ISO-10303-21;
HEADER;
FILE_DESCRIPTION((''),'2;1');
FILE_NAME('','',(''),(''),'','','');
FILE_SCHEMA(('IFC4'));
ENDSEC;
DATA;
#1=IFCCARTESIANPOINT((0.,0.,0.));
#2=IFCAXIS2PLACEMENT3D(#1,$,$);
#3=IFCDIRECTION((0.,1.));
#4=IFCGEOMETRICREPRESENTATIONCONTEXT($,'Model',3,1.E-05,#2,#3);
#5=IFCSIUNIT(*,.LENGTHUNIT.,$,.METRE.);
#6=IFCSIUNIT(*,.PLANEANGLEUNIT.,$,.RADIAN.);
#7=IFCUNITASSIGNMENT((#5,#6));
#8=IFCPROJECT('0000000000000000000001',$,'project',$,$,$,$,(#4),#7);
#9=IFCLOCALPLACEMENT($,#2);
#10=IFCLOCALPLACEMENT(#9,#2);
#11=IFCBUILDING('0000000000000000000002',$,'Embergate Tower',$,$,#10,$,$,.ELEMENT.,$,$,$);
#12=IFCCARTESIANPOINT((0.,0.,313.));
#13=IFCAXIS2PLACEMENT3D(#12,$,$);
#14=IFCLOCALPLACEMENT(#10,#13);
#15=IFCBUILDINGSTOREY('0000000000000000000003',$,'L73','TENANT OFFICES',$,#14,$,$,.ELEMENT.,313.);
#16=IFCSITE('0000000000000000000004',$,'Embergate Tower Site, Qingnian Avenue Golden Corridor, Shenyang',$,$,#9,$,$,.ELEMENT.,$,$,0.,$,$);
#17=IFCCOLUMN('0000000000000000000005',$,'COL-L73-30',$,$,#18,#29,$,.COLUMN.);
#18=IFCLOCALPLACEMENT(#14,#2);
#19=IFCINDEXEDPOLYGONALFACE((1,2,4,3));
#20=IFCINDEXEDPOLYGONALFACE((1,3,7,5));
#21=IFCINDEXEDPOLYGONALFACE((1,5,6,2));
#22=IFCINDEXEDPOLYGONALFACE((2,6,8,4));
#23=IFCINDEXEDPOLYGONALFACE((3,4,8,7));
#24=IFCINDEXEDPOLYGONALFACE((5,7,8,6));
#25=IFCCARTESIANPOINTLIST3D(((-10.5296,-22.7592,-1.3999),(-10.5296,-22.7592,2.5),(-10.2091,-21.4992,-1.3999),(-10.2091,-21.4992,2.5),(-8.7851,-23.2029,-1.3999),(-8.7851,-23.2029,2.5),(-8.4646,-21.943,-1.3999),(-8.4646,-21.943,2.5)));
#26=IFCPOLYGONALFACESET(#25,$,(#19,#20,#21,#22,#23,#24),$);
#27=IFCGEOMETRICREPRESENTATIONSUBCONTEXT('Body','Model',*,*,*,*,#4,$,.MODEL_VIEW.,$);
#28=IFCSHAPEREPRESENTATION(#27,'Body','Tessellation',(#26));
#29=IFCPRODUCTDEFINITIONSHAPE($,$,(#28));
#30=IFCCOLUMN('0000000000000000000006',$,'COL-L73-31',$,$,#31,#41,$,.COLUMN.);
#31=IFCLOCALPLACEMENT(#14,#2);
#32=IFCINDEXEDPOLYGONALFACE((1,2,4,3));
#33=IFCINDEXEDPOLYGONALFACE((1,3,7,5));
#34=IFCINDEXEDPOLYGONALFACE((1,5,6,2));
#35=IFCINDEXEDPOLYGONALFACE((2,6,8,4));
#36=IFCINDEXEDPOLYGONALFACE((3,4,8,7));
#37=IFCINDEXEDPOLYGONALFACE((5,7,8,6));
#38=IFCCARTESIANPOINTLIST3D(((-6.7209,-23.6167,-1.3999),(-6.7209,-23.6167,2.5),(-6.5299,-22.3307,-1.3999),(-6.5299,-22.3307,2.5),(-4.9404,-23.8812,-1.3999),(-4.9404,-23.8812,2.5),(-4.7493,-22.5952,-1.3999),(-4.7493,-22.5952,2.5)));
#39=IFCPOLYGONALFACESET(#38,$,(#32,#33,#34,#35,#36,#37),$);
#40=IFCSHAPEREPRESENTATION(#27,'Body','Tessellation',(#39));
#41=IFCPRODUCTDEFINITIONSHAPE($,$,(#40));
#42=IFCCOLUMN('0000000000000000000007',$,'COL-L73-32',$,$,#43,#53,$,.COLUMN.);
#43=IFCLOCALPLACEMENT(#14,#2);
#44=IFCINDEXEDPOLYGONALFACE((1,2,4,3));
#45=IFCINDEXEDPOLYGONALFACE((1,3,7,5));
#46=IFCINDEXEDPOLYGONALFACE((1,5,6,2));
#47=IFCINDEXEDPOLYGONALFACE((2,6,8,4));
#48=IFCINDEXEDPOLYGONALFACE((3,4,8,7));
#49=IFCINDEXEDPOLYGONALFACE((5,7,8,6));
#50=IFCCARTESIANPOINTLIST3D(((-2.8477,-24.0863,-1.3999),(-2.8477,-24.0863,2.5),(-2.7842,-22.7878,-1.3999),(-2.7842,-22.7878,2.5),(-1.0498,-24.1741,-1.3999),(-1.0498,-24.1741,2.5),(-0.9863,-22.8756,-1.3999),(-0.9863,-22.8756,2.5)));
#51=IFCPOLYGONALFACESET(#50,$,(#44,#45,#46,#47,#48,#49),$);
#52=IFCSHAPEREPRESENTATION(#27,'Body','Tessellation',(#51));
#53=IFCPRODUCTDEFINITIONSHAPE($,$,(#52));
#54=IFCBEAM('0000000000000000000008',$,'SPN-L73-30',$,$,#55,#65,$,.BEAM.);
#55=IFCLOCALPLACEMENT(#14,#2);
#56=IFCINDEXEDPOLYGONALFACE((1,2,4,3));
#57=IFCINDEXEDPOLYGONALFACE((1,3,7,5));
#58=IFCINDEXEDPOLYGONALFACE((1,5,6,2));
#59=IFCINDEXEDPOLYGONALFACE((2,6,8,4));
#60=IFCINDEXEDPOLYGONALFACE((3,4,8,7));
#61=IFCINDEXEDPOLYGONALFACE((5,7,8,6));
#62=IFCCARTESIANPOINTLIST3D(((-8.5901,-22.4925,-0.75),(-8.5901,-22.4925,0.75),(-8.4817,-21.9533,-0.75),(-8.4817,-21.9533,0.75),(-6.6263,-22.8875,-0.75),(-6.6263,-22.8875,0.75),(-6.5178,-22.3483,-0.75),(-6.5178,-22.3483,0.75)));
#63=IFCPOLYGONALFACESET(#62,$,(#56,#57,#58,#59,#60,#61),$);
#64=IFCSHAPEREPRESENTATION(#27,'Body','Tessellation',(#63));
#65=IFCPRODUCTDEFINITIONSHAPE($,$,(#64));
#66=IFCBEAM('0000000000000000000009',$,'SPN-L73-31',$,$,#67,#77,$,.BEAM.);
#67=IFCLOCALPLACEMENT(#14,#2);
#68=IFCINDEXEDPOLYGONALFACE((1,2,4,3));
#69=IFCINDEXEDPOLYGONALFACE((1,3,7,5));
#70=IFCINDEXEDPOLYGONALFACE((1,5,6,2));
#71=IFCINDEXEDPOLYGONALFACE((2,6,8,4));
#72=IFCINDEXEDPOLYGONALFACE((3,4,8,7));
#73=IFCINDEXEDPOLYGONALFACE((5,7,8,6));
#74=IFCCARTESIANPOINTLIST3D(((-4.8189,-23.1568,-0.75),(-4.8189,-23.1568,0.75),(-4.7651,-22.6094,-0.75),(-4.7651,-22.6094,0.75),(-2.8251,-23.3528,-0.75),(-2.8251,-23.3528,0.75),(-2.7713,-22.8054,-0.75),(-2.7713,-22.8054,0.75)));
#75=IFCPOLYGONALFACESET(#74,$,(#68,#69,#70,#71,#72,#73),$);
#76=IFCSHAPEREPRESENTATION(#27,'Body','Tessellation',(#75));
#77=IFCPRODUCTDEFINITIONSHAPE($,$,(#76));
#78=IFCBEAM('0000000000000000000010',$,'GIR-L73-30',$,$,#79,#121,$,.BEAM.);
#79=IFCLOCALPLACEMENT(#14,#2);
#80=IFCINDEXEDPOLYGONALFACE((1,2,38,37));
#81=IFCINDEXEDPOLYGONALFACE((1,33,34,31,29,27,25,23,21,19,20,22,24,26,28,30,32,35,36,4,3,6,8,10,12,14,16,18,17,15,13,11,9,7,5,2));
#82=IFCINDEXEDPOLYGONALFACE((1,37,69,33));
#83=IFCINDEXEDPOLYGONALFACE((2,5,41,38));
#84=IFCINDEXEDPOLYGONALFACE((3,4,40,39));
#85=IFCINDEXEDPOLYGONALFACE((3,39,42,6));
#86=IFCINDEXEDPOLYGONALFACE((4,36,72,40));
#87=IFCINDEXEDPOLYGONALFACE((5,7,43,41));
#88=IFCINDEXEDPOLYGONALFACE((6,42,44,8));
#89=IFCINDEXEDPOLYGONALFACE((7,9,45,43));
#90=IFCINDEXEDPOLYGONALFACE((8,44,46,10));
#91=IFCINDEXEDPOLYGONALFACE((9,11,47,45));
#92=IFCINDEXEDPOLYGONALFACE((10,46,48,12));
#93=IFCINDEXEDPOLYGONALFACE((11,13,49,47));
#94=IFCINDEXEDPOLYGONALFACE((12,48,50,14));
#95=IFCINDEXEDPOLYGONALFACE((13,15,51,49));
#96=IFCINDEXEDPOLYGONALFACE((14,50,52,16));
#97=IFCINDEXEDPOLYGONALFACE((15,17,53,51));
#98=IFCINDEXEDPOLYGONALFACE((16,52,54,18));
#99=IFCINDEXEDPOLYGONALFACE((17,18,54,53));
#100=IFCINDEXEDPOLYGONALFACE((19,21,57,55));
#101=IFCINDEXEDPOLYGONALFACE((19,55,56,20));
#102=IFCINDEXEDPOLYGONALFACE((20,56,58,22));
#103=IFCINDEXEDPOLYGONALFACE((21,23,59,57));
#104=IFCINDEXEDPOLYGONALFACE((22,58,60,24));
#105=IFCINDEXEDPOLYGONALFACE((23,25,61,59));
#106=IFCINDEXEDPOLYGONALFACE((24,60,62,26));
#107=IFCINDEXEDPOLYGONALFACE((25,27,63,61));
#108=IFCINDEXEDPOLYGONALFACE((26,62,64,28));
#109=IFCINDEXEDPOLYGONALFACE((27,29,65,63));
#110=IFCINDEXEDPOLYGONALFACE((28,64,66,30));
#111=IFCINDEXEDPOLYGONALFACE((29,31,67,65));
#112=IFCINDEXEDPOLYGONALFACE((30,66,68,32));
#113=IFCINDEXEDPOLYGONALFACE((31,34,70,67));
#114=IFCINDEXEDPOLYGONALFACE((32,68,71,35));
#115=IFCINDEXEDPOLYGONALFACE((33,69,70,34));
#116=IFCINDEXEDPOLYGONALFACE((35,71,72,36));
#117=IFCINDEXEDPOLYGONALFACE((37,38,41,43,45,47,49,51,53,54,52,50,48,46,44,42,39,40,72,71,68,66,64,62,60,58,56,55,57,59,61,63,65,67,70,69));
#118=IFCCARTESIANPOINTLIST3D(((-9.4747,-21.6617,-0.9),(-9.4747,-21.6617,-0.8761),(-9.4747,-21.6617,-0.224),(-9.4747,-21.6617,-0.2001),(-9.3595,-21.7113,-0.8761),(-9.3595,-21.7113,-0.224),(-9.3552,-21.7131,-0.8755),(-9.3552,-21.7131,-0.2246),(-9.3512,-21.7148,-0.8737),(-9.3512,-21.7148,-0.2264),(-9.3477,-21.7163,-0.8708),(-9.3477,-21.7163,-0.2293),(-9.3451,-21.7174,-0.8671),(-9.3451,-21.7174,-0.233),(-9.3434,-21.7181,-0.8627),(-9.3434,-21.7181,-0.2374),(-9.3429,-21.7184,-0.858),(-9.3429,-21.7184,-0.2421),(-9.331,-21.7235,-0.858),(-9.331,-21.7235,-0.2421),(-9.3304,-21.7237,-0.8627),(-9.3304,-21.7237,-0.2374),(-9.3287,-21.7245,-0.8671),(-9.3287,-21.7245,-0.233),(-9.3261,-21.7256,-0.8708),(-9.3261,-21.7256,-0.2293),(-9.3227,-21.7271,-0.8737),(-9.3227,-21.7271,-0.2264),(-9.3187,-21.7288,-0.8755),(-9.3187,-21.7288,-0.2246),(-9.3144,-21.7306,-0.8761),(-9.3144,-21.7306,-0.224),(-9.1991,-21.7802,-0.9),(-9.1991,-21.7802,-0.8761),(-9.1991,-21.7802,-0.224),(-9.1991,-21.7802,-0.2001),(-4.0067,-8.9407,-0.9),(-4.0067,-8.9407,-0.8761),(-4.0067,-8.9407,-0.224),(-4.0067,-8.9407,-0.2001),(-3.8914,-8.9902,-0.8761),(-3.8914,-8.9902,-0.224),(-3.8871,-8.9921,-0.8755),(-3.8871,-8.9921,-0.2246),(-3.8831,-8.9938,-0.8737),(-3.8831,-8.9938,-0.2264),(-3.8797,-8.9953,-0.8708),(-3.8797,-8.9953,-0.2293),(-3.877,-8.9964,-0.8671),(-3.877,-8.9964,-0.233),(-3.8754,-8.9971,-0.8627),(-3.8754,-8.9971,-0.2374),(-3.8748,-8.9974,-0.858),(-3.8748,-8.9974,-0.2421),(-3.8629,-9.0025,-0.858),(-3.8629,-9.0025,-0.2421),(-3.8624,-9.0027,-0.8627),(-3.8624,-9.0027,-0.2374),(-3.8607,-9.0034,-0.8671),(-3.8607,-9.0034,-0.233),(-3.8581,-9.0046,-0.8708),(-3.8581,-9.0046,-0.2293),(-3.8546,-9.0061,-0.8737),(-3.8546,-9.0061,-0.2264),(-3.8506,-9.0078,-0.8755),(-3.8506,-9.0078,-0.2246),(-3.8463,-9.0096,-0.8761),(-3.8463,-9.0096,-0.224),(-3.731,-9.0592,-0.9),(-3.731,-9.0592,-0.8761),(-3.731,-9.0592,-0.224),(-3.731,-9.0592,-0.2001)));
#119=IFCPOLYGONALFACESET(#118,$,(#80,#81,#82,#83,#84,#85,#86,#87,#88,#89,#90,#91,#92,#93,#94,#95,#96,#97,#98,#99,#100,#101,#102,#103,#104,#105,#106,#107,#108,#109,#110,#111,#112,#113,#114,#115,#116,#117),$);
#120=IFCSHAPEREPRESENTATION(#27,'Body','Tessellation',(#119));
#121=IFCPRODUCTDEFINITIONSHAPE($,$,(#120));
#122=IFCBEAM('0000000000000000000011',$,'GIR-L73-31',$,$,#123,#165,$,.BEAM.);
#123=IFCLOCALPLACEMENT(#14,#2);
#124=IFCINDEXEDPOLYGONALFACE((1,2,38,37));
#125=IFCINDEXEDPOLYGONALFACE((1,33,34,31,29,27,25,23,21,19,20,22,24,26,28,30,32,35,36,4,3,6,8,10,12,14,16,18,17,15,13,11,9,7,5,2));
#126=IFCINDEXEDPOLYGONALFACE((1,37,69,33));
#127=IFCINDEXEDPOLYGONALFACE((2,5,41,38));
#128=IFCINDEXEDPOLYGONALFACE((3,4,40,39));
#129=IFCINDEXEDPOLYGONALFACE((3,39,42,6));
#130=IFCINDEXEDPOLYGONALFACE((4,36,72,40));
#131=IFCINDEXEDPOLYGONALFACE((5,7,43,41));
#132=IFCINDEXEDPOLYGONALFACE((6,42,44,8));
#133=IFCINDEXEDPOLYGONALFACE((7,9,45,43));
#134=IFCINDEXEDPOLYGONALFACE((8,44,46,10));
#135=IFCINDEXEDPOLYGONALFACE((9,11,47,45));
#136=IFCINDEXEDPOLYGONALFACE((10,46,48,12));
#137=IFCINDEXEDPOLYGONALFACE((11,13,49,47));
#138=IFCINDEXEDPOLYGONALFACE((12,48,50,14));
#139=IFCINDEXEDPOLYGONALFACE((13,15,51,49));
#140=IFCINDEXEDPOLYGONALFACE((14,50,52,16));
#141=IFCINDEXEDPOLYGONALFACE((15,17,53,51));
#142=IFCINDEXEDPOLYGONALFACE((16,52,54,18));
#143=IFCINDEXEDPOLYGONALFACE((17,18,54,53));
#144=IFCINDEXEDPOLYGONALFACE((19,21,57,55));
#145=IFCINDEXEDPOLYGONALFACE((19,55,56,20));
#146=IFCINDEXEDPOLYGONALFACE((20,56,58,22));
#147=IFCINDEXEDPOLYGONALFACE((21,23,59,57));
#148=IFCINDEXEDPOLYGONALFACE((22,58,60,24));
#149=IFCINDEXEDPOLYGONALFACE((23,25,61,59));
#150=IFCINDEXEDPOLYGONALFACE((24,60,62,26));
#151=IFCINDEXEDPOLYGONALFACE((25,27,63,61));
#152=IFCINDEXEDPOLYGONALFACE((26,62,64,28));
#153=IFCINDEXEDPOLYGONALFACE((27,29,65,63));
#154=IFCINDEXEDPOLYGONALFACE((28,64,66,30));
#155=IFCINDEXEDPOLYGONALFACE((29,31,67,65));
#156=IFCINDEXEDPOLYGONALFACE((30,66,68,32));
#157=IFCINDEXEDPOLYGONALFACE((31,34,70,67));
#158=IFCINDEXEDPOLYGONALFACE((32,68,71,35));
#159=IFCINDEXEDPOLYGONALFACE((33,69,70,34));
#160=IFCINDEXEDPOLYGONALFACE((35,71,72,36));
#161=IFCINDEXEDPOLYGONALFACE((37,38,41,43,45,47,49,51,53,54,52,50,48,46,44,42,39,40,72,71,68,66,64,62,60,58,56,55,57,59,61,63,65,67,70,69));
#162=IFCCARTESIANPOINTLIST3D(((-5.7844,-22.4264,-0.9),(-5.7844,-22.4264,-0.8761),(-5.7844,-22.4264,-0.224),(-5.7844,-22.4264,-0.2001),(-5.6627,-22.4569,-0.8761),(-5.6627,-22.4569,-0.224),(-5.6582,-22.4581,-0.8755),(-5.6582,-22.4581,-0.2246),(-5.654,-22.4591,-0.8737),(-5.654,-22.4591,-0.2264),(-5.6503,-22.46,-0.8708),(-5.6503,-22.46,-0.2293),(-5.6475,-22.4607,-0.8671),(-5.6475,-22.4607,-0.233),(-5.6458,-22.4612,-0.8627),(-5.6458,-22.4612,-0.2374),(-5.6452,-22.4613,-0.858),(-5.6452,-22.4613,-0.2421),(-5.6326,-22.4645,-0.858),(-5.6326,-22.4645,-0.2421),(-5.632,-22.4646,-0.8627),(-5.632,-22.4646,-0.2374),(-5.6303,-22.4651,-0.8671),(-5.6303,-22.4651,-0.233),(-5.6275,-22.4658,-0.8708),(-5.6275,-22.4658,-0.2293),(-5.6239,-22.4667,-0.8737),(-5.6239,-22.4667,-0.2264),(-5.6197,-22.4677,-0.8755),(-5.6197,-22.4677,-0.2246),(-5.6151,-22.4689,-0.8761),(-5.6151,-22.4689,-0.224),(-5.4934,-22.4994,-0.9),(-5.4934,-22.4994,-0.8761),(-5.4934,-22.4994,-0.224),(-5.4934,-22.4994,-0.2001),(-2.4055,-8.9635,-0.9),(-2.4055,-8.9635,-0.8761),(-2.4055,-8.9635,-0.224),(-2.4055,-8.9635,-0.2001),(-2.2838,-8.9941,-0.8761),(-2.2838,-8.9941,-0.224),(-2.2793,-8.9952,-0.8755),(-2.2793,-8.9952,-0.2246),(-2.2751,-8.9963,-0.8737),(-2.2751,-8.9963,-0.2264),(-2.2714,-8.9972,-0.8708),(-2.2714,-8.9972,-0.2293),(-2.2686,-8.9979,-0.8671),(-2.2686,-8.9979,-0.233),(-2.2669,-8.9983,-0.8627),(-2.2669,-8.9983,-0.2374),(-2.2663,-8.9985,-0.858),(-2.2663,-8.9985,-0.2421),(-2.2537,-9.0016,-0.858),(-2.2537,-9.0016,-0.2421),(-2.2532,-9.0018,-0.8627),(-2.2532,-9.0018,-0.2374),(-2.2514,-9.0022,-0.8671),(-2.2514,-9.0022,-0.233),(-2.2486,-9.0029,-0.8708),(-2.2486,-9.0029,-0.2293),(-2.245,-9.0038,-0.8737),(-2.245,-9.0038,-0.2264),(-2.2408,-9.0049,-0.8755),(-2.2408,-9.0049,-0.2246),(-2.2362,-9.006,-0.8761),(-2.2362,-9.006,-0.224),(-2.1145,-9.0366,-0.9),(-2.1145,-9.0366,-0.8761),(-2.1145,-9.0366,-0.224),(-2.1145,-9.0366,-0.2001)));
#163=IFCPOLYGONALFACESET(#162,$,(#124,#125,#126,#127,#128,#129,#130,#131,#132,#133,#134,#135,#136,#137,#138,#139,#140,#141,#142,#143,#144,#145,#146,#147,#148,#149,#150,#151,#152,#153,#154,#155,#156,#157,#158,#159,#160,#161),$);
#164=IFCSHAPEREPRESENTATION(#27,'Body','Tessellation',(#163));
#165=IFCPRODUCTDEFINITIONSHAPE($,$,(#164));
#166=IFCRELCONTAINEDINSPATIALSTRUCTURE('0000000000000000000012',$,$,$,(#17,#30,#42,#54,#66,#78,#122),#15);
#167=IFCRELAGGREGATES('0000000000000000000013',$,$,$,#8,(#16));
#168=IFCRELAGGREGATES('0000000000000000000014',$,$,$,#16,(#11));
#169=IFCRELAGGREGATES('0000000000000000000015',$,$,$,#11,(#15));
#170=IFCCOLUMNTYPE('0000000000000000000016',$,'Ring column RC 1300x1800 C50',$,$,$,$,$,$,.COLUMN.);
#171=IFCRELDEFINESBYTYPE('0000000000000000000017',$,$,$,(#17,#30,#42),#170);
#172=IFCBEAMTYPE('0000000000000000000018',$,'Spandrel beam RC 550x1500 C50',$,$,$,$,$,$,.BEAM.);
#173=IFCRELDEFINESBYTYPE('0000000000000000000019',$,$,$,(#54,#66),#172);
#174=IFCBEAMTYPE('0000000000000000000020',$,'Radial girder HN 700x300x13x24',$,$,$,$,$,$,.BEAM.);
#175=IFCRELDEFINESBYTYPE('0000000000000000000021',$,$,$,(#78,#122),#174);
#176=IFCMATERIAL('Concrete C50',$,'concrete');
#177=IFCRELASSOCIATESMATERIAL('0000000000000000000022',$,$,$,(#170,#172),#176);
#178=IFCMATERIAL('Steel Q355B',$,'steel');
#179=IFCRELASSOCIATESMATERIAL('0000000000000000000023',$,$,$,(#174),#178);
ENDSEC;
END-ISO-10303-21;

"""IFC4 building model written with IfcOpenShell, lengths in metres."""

from ifc_helpers import new_model, si_unit, direction, frame, origin, origin_2d, place, context, subcontext, project, spatial, rectangle, i_section, extrude, source, transform, mapped, material, material_profile, profile_set, type_object, element, save


model = new_model("IFC4")

# Units and contexts
model_context = context("Model", 3, precision=1e-05, world=origin(), true_north=direction((0.0, 1.0)))
body_context = subcontext(model_context, "Body", "Model", "MODEL_VIEW")
ifc_project = project(units=[si_unit("LENGTHUNIT", "METRE"), si_unit("PLANEANGLEUNIT", "RADIAN")], contexts=[model_context])

# Site, building, storey
site_placement = place(None, origin())
site = spatial("IfcSite", under=ifc_project, at=site_placement, Name="Embergate Tower Site, Qingnian Avenue Golden Corridor, Shenyang", CompositionType="ELEMENT", RefElevation=0.0)
building_placement = place(site_placement, origin())
building = spatial("IfcBuilding", under=site, at=building_placement, Name="Embergate Tower", CompositionType="ELEMENT")
storey_placement = place(building_placement, frame((0.0, 0.0, 313.0)))
storey = spatial("IfcBuildingStorey", under=building, at=storey_placement, Name="L73", Description="TENANT OFFICES", CompositionType="ELEMENT", Elevation=313.0)

# Columns
ifc_material_1 = material(Name="Concrete C50", Category="concrete")
ifc_material_profile_1 = material_profile(ifc_material_1, rectangle(XDim=1.3, YDim=1.8, at=origin_2d()), Name="RC 1300x1800")
ifc_profile_set_1 = profile_set([ifc_material_profile_1], Name="Concrete C50")
column_type = type_object("IfcColumnType", Name="Ring column RC 1300x1800 C50", PredefinedType="COLUMN", material=ifc_profile_set_1)
shared_shape_1 = source(origin(), body_context, "Body", "SweptSolid", [
    extrude(rectangle(XDim=1.3, YDim=1.8, at=origin_2d()), origin(), (0.0, 0.0, 1.0), 3.8999),
])
for number, where, z_axis, x_axis, name in (
    (1, (-9.4971, -22.3511, -1.3999), (0.0, 0.0, 1.0), (-0.246509, -0.969141, 0.0), "COL-L73-30"),
    (2, (-5.7351, -23.106, -1.3999), (0.0, 0.0, 1.0), (-0.146929, -0.989147, 0.0), "COL-L73-31"),
    (3, (-1.917, -23.481, -1.3999), (0.0, 0.0, 1.0), (-0.048815, -0.998808, 0.0), "COL-L73-32"),
):
    element("IfcColumn", number, at=place(storey_placement, frame(where, z_axis=z_axis, x_axis=x_axis)), inside=storey, type_object=column_type, Name=name, PredefinedType="COLUMN", context=body_context, shape_type="MappedRepresentation", body=[
        mapped(shared_shape_1, transform((0.0, 0.0, 0.0))),
    ])

# Beams
ifc_material_profile_2 = material_profile(ifc_material_1, rectangle(XDim=0.55, YDim=1.5, at=origin_2d()), Name="RC 550x1500")
ifc_profile_set_2 = profile_set([ifc_material_profile_2], Name="Concrete C50")
beam_type_1 = type_object("IfcBeamType", Name="Spandrel beam RC 550x1500 C50", PredefinedType="BEAM", material=ifc_profile_set_2)
shared_shape_2 = source(origin(), body_context, "Body", "SweptSolid", [
    extrude(rectangle(XDim=0.55, YDim=1.5, at=origin_2d()), origin(), (0.0, 0.0, 1.0), 2.0032),
])
beam_1_placement = place(storey_placement, frame((-8.5359, -22.2229, 0.0), z_axis=(0.980364, -0.197194, 0.0), x_axis=(0.197194, 0.980364, 0.0)))
element("IfcBeam", 4, at=beam_1_placement, inside=storey, type_object=beam_type_1, Name="SPN-L73-30", PredefinedType="BEAM", context=body_context, shape_type="MappedRepresentation", body=[
    mapped(shared_shape_2, transform((0.0, 0.0, 0.0))),
])
shared_shape_3 = source(origin(), body_context, "Body", "SweptSolid", [
    extrude(rectangle(XDim=0.55, YDim=1.5, at=origin_2d()), origin(), (0.0, 0.0, 1.0), 2.0034),
])
beam_2_placement = place(storey_placement, frame((-4.792, -22.8831, 0.0), z_axis=(0.995201, -0.097851, 0.0), x_axis=(0.097851, 0.995201, 0.0)))
element("IfcBeam", 5, at=beam_2_placement, inside=storey, type_object=beam_type_1, Name="SPN-L73-31", PredefinedType="BEAM", context=body_context, shape_type="MappedRepresentation", body=[
    mapped(shared_shape_3, transform((0.0, 0.0, 0.0))),
])
ifc_material_2 = material(Name="Steel Q355B", Category="steel")
ifc_material_profile_3 = material_profile(ifc_material_2, i_section(OverallWidth=0.3, OverallDepth=0.7, WebThickness=0.0129, FlangeThickness=0.0239, FilletRadius=0.0181, at=origin_2d()), Name="HN 700x300x13x24")
ifc_profile_set_3 = profile_set([ifc_material_profile_3], Name="Steel Q355 grade B")
beam_type_2 = type_object("IfcBeamType", Name="Radial girder HN 700x300x13x24", PredefinedType="BEAM", material=ifc_profile_set_3)
shared_shape_4 = source(origin(), body_context, "Body", "SweptSolid", [
    extrude(i_section(OverallWidth=0.3, OverallDepth=0.7, WebThickness=0.0129, FlangeThickness=0.0239, FilletRadius=0.0181, at=origin_2d()), origin(), (0.0, 0.0, 1.0), 13.8464),
])
beam_3_placement = place(storey_placement, frame((-9.3369, -21.7209, -0.55), z_axis=(0.394906, 0.918721, 0.0), x_axis=(-0.918721, 0.394906, 0.0)))
element("IfcBeam", 6, at=beam_3_placement, inside=storey, type_object=beam_type_2, Name="GIR-L73-30", PredefinedType="BEAM", context=body_context, shape_type="MappedRepresentation", body=[
    mapped(shared_shape_4, transform((0.0, 0.0, 0.0))),
])
shared_shape_5 = source(origin(), body_context, "Body", "SweptSolid", [
    extrude(i_section(OverallWidth=0.3, OverallDepth=0.7, WebThickness=0.0129, FlangeThickness=0.0239, FilletRadius=0.0181, at=origin_2d()), origin(), (0.0, 0.0, 1.0), 13.8804),
])
beam_4_placement = place(storey_placement, frame((-5.6389, -22.4629, -0.55), z_axis=(0.243429, 0.969919, 0.0), x_axis=(-0.969919, 0.243429, 0.0)))
element("IfcBeam", 7, at=beam_4_placement, inside=storey, type_object=beam_type_2, Name="GIR-L73-31", PredefinedType="BEAM", context=body_context, shape_type="MappedRepresentation", body=[
    mapped(shared_shape_5, transform((0.0, 0.0, 0.0))),
])

save(model, "model.ifc")
